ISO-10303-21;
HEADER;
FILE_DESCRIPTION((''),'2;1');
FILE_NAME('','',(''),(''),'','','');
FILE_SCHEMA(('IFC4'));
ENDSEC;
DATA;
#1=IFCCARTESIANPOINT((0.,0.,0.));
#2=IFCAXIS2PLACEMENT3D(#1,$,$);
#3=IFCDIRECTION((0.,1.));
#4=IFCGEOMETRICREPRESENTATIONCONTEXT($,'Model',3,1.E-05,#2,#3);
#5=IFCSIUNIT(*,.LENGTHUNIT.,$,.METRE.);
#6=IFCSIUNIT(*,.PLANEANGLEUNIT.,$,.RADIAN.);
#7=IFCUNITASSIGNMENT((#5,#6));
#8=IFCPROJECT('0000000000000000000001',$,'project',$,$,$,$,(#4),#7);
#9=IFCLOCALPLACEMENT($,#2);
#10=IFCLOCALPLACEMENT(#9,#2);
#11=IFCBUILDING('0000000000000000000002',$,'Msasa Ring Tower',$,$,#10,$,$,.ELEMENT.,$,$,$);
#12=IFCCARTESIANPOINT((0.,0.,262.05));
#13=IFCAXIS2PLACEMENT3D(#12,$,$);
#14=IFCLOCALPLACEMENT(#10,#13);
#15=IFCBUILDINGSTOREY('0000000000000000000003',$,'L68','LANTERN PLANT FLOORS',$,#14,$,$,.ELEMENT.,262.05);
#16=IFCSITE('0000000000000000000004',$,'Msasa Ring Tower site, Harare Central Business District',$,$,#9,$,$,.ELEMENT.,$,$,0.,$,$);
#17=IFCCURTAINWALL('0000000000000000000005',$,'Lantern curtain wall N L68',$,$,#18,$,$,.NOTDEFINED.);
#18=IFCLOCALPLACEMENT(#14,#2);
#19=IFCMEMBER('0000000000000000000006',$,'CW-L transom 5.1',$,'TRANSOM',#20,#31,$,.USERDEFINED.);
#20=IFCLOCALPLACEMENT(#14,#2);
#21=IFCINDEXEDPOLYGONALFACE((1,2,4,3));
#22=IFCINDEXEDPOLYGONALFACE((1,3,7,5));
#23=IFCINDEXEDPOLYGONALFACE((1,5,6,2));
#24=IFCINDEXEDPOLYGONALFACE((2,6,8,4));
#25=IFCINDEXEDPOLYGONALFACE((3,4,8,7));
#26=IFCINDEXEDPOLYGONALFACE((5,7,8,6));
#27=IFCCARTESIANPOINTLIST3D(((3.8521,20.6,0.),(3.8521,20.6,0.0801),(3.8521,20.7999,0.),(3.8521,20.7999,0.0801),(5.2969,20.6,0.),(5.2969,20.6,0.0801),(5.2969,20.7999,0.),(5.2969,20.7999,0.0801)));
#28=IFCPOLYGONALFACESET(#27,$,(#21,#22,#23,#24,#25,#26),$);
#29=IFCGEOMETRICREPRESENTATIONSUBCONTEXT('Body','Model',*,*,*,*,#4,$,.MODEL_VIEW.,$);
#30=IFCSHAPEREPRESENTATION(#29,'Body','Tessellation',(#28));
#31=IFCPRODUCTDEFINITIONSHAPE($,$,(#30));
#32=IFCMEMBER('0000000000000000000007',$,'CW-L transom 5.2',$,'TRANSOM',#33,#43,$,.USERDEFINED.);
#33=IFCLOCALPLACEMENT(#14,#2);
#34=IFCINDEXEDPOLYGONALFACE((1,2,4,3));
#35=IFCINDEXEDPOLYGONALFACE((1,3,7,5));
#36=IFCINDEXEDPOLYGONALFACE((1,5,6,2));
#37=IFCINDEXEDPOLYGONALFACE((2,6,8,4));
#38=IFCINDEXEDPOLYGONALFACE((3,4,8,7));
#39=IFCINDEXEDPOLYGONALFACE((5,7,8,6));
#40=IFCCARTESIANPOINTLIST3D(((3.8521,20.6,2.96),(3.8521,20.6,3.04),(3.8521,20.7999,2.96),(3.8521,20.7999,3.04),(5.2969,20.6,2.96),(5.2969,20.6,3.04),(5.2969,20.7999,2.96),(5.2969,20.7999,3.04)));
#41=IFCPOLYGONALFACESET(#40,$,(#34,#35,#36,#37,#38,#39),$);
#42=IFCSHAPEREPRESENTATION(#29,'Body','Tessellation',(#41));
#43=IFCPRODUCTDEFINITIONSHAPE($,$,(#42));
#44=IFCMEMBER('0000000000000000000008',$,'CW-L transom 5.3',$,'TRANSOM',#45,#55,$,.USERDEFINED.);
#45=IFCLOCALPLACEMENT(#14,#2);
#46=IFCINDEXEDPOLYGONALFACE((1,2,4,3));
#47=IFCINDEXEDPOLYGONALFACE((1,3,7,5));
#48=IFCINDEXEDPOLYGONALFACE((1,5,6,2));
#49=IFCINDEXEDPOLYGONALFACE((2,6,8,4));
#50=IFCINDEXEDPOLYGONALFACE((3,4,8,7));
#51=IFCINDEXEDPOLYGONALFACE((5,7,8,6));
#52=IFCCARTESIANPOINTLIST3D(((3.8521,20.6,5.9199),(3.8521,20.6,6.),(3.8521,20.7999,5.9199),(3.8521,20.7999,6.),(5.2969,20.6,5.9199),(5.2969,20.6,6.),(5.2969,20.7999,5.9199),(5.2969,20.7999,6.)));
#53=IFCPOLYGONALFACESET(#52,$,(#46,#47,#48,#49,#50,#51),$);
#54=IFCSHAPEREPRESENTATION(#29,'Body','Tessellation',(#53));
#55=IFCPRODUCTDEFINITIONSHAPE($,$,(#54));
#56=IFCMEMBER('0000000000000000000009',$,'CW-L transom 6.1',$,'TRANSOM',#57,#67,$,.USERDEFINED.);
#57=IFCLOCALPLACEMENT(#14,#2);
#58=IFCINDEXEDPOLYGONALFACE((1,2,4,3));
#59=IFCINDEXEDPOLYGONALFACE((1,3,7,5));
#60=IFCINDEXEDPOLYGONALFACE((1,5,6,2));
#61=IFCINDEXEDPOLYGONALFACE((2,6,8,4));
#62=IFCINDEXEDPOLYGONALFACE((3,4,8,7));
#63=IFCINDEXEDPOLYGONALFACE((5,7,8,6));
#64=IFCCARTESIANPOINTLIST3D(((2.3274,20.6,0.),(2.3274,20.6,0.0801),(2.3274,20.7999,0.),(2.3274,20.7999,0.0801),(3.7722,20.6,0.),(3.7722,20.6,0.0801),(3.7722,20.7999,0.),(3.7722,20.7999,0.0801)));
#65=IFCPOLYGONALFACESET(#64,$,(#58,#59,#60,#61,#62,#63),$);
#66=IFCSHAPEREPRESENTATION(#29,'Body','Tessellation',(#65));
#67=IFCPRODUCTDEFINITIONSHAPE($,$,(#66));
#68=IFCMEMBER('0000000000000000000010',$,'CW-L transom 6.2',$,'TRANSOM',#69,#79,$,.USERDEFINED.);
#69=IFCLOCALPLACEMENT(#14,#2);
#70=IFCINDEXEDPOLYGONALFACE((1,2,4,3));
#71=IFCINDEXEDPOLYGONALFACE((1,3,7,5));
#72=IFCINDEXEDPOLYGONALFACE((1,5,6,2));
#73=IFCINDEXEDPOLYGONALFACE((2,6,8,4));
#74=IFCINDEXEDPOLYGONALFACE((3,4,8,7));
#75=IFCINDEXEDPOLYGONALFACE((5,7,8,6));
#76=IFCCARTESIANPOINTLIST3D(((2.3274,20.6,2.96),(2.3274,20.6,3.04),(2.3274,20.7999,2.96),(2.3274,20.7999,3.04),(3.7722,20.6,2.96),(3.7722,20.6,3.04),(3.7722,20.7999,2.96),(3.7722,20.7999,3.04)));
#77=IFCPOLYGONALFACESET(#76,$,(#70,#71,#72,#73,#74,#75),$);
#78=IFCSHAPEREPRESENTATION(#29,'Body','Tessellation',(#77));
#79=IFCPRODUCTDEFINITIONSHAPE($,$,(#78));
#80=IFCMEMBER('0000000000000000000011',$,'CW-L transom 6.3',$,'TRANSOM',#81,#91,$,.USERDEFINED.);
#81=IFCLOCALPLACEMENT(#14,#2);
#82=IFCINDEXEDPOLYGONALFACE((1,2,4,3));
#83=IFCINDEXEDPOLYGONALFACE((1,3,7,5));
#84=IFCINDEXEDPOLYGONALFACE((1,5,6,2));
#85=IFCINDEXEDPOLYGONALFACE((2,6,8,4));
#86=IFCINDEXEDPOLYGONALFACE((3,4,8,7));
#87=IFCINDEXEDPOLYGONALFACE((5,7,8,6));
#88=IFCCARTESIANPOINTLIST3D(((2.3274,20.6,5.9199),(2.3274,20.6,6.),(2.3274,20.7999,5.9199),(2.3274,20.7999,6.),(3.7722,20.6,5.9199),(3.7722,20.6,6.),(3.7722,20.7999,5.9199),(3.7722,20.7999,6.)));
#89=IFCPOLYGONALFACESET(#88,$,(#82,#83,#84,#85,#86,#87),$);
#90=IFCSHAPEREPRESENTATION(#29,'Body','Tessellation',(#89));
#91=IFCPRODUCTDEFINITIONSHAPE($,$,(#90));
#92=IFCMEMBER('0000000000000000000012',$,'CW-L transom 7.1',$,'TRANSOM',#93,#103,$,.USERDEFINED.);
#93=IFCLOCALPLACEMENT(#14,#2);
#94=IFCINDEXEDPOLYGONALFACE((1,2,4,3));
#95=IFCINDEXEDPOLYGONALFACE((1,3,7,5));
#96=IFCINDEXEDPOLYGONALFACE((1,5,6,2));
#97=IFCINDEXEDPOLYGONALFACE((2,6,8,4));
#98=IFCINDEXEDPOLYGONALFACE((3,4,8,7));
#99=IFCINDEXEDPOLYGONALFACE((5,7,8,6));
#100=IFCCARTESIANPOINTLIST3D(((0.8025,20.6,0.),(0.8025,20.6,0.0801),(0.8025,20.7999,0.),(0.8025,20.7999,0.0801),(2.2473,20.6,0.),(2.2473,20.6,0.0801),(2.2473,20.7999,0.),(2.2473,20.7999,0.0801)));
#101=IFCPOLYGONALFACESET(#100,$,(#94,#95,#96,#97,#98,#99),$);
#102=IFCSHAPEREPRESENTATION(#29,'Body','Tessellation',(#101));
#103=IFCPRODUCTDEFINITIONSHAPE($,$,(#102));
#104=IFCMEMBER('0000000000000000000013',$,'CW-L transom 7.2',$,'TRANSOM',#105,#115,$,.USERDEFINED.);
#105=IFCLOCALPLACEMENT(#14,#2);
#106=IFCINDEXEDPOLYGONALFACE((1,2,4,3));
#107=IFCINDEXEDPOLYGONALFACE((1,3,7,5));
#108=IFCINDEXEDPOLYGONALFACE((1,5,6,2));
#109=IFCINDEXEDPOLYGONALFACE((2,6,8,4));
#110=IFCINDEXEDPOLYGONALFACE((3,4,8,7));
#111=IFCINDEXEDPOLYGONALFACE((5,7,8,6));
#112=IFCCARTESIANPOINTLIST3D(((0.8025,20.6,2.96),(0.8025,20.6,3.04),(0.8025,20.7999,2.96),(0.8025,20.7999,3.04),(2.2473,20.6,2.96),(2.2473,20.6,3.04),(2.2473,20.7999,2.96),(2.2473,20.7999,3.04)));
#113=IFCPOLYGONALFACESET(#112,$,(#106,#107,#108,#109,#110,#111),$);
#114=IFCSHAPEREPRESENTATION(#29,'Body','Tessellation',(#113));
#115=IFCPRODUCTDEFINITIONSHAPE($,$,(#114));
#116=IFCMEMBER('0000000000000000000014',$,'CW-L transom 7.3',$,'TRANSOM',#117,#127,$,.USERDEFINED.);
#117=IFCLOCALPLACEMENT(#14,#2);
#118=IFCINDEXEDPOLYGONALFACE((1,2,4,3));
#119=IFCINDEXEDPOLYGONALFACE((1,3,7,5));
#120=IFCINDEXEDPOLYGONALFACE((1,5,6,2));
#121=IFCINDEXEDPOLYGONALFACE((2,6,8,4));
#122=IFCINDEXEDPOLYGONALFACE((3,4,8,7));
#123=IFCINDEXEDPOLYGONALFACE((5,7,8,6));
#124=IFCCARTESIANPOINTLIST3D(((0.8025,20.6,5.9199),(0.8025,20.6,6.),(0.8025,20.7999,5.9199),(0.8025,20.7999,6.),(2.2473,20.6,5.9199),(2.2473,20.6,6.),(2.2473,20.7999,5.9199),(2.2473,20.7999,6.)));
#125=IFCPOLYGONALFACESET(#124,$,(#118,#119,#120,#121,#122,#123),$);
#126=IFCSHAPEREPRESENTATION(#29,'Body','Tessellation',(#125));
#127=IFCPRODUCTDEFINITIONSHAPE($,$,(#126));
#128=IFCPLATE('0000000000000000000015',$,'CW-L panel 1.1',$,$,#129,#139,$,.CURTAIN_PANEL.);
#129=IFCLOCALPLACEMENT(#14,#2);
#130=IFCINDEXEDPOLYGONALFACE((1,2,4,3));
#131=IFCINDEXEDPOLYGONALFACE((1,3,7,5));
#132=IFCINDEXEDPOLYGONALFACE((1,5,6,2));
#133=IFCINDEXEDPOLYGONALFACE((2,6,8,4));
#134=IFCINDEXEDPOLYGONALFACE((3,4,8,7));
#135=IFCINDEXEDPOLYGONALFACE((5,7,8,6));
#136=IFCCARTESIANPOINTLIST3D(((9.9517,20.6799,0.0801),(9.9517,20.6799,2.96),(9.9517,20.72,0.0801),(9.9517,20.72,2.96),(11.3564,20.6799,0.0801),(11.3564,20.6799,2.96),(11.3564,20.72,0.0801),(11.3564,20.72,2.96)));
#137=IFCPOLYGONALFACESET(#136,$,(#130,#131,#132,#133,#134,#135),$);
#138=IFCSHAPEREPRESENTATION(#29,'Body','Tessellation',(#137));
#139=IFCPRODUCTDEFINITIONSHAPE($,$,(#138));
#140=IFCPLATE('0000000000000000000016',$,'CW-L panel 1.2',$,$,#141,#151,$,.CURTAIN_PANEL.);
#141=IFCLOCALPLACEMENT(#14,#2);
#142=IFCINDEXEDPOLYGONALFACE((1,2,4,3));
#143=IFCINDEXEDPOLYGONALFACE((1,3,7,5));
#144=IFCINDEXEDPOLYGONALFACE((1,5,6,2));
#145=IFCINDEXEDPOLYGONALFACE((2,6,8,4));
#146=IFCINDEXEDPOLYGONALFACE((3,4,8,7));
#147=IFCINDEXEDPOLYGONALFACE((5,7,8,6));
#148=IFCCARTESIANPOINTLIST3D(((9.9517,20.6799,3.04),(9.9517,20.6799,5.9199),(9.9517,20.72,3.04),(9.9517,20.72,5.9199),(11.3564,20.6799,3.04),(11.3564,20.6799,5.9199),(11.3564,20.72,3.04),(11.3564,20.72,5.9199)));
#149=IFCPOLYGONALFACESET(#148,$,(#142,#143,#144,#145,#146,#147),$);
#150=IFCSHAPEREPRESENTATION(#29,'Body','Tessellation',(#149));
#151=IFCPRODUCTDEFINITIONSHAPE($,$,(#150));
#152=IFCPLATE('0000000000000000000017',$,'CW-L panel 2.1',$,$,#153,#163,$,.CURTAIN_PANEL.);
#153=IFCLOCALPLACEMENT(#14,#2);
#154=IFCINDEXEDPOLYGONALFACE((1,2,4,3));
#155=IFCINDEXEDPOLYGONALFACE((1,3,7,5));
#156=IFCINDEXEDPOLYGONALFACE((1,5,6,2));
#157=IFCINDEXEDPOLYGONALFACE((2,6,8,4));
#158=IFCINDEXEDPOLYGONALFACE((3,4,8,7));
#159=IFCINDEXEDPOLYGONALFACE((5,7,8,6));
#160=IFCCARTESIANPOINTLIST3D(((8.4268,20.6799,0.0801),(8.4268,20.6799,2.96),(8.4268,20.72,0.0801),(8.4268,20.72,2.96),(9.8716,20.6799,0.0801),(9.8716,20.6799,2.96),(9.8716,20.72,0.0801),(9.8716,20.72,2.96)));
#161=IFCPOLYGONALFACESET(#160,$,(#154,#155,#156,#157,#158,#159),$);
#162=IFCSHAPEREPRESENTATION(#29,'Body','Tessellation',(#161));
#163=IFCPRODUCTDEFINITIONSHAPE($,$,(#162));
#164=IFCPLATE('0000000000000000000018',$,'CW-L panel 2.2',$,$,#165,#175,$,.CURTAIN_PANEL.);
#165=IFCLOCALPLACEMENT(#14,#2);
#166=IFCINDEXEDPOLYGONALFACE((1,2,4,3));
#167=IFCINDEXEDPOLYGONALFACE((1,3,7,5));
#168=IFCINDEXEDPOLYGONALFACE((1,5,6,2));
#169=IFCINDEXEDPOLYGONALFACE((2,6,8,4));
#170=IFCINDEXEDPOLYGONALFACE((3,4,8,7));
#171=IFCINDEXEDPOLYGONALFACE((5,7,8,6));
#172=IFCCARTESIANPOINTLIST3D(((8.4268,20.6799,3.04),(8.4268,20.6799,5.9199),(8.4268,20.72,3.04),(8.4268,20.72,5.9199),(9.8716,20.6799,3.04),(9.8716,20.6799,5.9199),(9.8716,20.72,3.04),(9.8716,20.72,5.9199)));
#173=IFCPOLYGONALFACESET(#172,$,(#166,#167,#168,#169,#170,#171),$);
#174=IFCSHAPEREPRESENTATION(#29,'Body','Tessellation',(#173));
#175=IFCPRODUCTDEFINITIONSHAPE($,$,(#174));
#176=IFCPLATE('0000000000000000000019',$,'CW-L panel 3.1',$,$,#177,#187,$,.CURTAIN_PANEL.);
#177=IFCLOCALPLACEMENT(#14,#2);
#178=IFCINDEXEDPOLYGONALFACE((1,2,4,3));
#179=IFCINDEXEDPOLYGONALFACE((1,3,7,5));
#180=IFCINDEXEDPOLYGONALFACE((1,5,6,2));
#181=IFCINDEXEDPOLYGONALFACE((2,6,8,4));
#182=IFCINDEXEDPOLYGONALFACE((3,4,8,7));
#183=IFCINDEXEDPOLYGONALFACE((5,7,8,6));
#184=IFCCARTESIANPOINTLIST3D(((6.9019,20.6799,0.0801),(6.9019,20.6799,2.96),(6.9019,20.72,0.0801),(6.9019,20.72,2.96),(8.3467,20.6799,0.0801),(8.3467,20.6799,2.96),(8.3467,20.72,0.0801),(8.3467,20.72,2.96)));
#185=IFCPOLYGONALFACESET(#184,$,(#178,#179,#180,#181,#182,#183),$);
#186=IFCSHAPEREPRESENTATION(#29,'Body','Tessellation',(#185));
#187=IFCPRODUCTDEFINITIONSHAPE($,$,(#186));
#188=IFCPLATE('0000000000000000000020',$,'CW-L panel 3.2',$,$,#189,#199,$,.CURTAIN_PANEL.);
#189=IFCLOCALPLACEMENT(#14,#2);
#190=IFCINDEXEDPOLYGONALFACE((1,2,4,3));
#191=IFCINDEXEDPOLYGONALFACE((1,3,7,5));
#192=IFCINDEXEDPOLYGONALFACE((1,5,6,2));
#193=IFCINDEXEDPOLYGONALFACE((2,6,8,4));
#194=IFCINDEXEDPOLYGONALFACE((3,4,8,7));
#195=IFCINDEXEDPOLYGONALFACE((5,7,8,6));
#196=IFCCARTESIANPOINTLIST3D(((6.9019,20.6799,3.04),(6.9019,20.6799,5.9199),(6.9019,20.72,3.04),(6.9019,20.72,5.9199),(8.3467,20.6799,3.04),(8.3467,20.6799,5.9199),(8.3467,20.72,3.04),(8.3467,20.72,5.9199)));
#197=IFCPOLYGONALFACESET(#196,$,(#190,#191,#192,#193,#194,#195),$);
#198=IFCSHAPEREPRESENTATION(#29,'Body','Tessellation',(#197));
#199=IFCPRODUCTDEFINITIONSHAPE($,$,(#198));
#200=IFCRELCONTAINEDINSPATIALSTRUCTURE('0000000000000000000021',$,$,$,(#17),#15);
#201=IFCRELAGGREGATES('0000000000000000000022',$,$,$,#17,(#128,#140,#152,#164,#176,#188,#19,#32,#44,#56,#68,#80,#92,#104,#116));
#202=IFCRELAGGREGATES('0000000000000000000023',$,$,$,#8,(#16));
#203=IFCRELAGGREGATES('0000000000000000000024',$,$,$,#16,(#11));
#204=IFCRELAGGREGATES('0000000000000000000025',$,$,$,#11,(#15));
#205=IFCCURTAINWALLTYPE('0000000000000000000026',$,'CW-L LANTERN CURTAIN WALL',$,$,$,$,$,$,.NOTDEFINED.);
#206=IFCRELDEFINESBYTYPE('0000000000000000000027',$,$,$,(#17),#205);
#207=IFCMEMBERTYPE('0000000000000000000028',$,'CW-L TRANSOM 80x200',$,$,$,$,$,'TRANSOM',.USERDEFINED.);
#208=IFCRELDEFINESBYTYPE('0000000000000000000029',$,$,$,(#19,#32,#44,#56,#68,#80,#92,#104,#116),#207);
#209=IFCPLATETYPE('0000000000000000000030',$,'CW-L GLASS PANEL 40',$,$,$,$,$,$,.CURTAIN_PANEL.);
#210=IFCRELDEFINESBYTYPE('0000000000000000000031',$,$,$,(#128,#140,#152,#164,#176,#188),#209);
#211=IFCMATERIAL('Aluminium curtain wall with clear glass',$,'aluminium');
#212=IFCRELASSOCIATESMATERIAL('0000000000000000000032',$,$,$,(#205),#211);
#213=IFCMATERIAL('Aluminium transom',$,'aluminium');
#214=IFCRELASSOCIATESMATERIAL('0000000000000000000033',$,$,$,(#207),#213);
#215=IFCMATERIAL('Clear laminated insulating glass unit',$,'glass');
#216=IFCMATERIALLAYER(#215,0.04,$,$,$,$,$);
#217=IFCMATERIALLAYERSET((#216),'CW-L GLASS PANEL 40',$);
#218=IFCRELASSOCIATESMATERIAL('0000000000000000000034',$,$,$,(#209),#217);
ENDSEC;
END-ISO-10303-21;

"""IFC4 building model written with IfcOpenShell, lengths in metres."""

from ifc_helpers import new_model, si_unit, direction, frame, origin, origin_2d, place, context, subcontext, project, spatial, rectangle, extrude, material, layer, layer_set, material_profile, profile_set, type_object, element, aggregate, save


model = new_model("IFC4")

# Units and contexts
model_context = context("Model", 3, precision=1e-05, world=origin(), true_north=direction((0.0, 1.0)))
body_context = subcontext(model_context, "Body", "Model", "MODEL_VIEW")
ifc_project = project(units=[si_unit("LENGTHUNIT", "METRE"), si_unit("PLANEANGLEUNIT", "RADIAN")], contexts=[model_context])

# Site, building, storey
site_placement = place(None, origin())
site = spatial("IfcSite", under=ifc_project, at=site_placement, Name="Msasa Ring Tower site, Harare Central Business District", CompositionType="ELEMENT", RefElevation=0.0)
building_placement = place(site_placement, origin())
building = spatial("IfcBuilding", under=site, at=building_placement, Name="Msasa Ring Tower", CompositionType="ELEMENT")
storey_placement = place(building_placement, frame((0.0, 0.0, 262.05)))
storey = spatial("IfcBuildingStorey", under=building, at=storey_placement, Name="L68", Description="LANTERN PLANT FLOORS", CompositionType="ELEMENT", Elevation=262.05)

# Curtain wall, members, plates
ifc_material_1 = material(Name="Aluminium curtain wall with clear glass", Category="aluminium")
curtain_wall_type = type_object("IfcCurtainWallType", Name="CW-L LANTERN CURTAIN WALL", PredefinedType="NOTDEFINED", material=ifc_material_1)
curtain_wall_placement = place(storey_placement, origin())
curtain_wall = element("IfcCurtainWall", 1, at=curtain_wall_placement, inside=storey, type_object=curtain_wall_type, Name="Lantern curtain wall N L68", PredefinedType="NOTDEFINED")
ifc_material_2 = material(Name="Aluminium transom", Category="aluminium")
ifc_material_profile_1 = material_profile(ifc_material_2, rectangle(XDim=0.2, YDim=0.0801, at=origin_2d()), Name="AL 80x200")
ifc_profile_set_1 = profile_set([ifc_material_profile_1], Name="Aluminium transom")
member_type_1 = type_object("IfcMemberType", Name="CW-L TRANSOM 80x200", ElementType="TRANSOM", PredefinedType="USERDEFINED", material=ifc_profile_set_1)
member_1_placement = place(storey_placement, frame((5.2969, 20.7, 0.04), z_axis=(-1.0, 0.0, 0.0), x_axis=(0.0, -1.0, 0.0)))
member_1 = element("IfcMember", 2, at=member_1_placement, type_object=member_type_1, Name="CW-L transom 5.1", ObjectType="TRANSOM", PredefinedType="USERDEFINED", context=body_context, shape_type="SweptSolid", body=[
    extrude(rectangle(XDim=0.2, YDim=0.0801, at=origin_2d()), origin(), (0.0, 0.0, 1.0), 1.4448),
])
member_2_placement = place(storey_placement, frame((5.2969, 20.7, 3.0), z_axis=(-1.0, 0.0, 0.0), x_axis=(0.0, -1.0, 0.0)))
member_2 = element("IfcMember", 3, at=member_2_placement, type_object=member_type_1, Name="CW-L transom 5.2", ObjectType="TRANSOM", PredefinedType="USERDEFINED", context=body_context, shape_type="SweptSolid", body=[
    extrude(rectangle(XDim=0.2, YDim=0.0801, at=origin_2d()), origin(), (0.0, 0.0, 1.0), 1.4448),
])
member_3_placement = place(storey_placement, frame((5.2969, 20.7, 5.96), z_axis=(-1.0, 0.0, 0.0), x_axis=(0.0, -1.0, 0.0)))
member_3 = element("IfcMember", 4, at=member_3_placement, type_object=member_type_1, Name="CW-L transom 5.3", ObjectType="TRANSOM", PredefinedType="USERDEFINED", context=body_context, shape_type="SweptSolid", body=[
    extrude(rectangle(XDim=0.2, YDim=0.0801, at=origin_2d()), origin(), (0.0, 0.0, 1.0), 1.4448),
])
member_4_placement = place(storey_placement, frame((3.7722, 20.7, 0.04), z_axis=(-1.0, 0.0, 0.0), x_axis=(0.0, -1.0, 0.0)))
member_4 = element("IfcMember", 5, at=member_4_placement, type_object=member_type_1, Name="CW-L transom 6.1", ObjectType="TRANSOM", PredefinedType="USERDEFINED", context=body_context, shape_type="SweptSolid", body=[
    extrude(rectangle(XDim=0.2, YDim=0.0801, at=origin_2d()), origin(), (0.0, 0.0, 1.0), 1.4448),
])
member_5_placement = place(storey_placement, frame((3.7722, 20.7, 3.0), z_axis=(-1.0, 0.0, 0.0), x_axis=(0.0, -1.0, 0.0)))
member_5 = element("IfcMember", 6, at=member_5_placement, type_object=member_type_1, Name="CW-L transom 6.2", ObjectType="TRANSOM", PredefinedType="USERDEFINED", context=body_context, shape_type="SweptSolid", body=[
    extrude(rectangle(XDim=0.2, YDim=0.0801, at=origin_2d()), origin(), (0.0, 0.0, 1.0), 1.4448),
])
member_6_placement = place(storey_placement, frame((3.7722, 20.7, 5.96), z_axis=(-1.0, 0.0, 0.0), x_axis=(0.0, -1.0, 0.0)))
member_6 = element("IfcMember", 7, at=member_6_placement, type_object=member_type_1, Name="CW-L transom 6.3", ObjectType="TRANSOM", PredefinedType="USERDEFINED", context=body_context, shape_type="SweptSolid", body=[
    extrude(rectangle(XDim=0.2, YDim=0.0801, at=origin_2d()), origin(), (0.0, 0.0, 1.0), 1.4448),
])
member_7_placement = place(storey_placement, frame((2.2473, 20.7, 0.04), z_axis=(-1.0, 0.0, 0.0), x_axis=(0.0, -1.0, 0.0)))
member_7 = element("IfcMember", 8, at=member_7_placement, type_object=member_type_1, Name="CW-L transom 7.1", ObjectType="TRANSOM", PredefinedType="USERDEFINED", context=body_context, shape_type="SweptSolid", body=[
    extrude(rectangle(XDim=0.2, YDim=0.0801, at=origin_2d()), origin(), (0.0, 0.0, 1.0), 1.4448),
])
member_8_placement = place(storey_placement, frame((2.2473, 20.7, 3.0), z_axis=(-1.0, 0.0, 0.0), x_axis=(0.0, -1.0, 0.0)))
member_8 = element("IfcMember", 9, at=member_8_placement, type_object=member_type_1, Name="CW-L transom 7.2", ObjectType="TRANSOM", PredefinedType="USERDEFINED", context=body_context, shape_type="SweptSolid", body=[
    extrude(rectangle(XDim=0.2, YDim=0.0801, at=origin_2d()), origin(), (0.0, 0.0, 1.0), 1.4448),
])
member_9_placement = place(storey_placement, frame((2.2473, 20.7, 5.96), z_axis=(-1.0, 0.0, 0.0), x_axis=(0.0, -1.0, 0.0)))
member_9 = element("IfcMember", 10, at=member_9_placement, type_object=member_type_1, Name="CW-L transom 7.3", ObjectType="TRANSOM", PredefinedType="USERDEFINED", context=body_context, shape_type="SweptSolid", body=[
    extrude(rectangle(XDim=0.2, YDim=0.0801, at=origin_2d()), origin(), (0.0, 0.0, 1.0), 1.4448),
])
ifc_material_3 = material(Name="Clear laminated insulating glass unit", Category="glass")
ifc_layer = layer(ifc_material_3, 0.04)
ifc_layer_set = layer_set([ifc_layer], Name="CW-L GLASS PANEL 40")
plate_type = type_object("IfcPlateType", Name="CW-L GLASS PANEL 40", PredefinedType="CURTAIN_PANEL", material=ifc_layer_set)
plate_1_placement = place(storey_placement, frame((10.6541, 20.7, 0.0801), z_axis=(0.0, 0.0, 1.0), x_axis=(-1.0, 0.0, 0.0)))
plate_1 = element("IfcPlate", 11, at=plate_1_placement, type_object=plate_type, Name="CW-L panel 1.1", PredefinedType="CURTAIN_PANEL", context=body_context, shape_type="SweptSolid", body=[
    extrude(rectangle(XDim=1.4048, YDim=0.04, at=origin_2d()), origin(), (0.0, 0.0, 1.0), 2.8799),
])
plate_2_placement = place(storey_placement, frame((10.6541, 20.7, 3.04), z_axis=(0.0, 0.0, 1.0), x_axis=(-1.0, 0.0, 0.0)))
plate_2 = element("IfcPlate", 12, at=plate_2_placement, type_object=plate_type, Name="CW-L panel 1.2", PredefinedType="CURTAIN_PANEL", context=body_context, shape_type="SweptSolid", body=[
    extrude(rectangle(XDim=1.4048, YDim=0.04, at=origin_2d()), origin(), (0.0, 0.0, 1.0), 2.8799),
])
plate_3_placement = place(storey_placement, frame((9.1492, 20.7, 0.0801), z_axis=(0.0, 0.0, 1.0), x_axis=(-1.0, 0.0, 0.0)))
plate_3 = element("IfcPlate", 13, at=plate_3_placement, type_object=plate_type, Name="CW-L panel 2.1", PredefinedType="CURTAIN_PANEL", context=body_context, shape_type="SweptSolid", body=[
    extrude(rectangle(XDim=1.4448, YDim=0.04, at=origin_2d()), origin(), (0.0, 0.0, 1.0), 2.8799),
])
plate_4_placement = place(storey_placement, frame((9.1492, 20.7, 3.04), z_axis=(0.0, 0.0, 1.0), x_axis=(-1.0, 0.0, 0.0)))
plate_4 = element("IfcPlate", 14, at=plate_4_placement, type_object=plate_type, Name="CW-L panel 2.2", PredefinedType="CURTAIN_PANEL", context=body_context, shape_type="SweptSolid", body=[
    extrude(rectangle(XDim=1.4448, YDim=0.04, at=origin_2d()), origin(), (0.0, 0.0, 1.0), 2.8799),
])
plate_5_placement = place(storey_placement, frame((7.6243, 20.7, 0.0801), z_axis=(0.0, 0.0, 1.0), x_axis=(-1.0, 0.0, 0.0)))
plate_5 = element("IfcPlate", 15, at=plate_5_placement, type_object=plate_type, Name="CW-L panel 3.1", PredefinedType="CURTAIN_PANEL", context=body_context, shape_type="SweptSolid", body=[
    extrude(rectangle(XDim=1.4448, YDim=0.04, at=origin_2d()), origin(), (0.0, 0.0, 1.0), 2.8799),
])
plate_6_placement = place(storey_placement, frame((7.6243, 20.7, 3.04), z_axis=(0.0, 0.0, 1.0), x_axis=(-1.0, 0.0, 0.0)))
plate_6 = element("IfcPlate", 16, at=plate_6_placement, type_object=plate_type, Name="CW-L panel 3.2", PredefinedType="CURTAIN_PANEL", context=body_context, shape_type="SweptSolid", body=[
    extrude(rectangle(XDim=1.4448, YDim=0.04, at=origin_2d()), origin(), (0.0, 0.0, 1.0), 2.8799),
])
aggregate(curtain_wall, [plate_1, plate_2, plate_3, plate_4, plate_5, plate_6, member_1, member_2, member_3, member_4, member_5, member_6, member_7, member_8, member_9])

save(model, "model.ifc")
